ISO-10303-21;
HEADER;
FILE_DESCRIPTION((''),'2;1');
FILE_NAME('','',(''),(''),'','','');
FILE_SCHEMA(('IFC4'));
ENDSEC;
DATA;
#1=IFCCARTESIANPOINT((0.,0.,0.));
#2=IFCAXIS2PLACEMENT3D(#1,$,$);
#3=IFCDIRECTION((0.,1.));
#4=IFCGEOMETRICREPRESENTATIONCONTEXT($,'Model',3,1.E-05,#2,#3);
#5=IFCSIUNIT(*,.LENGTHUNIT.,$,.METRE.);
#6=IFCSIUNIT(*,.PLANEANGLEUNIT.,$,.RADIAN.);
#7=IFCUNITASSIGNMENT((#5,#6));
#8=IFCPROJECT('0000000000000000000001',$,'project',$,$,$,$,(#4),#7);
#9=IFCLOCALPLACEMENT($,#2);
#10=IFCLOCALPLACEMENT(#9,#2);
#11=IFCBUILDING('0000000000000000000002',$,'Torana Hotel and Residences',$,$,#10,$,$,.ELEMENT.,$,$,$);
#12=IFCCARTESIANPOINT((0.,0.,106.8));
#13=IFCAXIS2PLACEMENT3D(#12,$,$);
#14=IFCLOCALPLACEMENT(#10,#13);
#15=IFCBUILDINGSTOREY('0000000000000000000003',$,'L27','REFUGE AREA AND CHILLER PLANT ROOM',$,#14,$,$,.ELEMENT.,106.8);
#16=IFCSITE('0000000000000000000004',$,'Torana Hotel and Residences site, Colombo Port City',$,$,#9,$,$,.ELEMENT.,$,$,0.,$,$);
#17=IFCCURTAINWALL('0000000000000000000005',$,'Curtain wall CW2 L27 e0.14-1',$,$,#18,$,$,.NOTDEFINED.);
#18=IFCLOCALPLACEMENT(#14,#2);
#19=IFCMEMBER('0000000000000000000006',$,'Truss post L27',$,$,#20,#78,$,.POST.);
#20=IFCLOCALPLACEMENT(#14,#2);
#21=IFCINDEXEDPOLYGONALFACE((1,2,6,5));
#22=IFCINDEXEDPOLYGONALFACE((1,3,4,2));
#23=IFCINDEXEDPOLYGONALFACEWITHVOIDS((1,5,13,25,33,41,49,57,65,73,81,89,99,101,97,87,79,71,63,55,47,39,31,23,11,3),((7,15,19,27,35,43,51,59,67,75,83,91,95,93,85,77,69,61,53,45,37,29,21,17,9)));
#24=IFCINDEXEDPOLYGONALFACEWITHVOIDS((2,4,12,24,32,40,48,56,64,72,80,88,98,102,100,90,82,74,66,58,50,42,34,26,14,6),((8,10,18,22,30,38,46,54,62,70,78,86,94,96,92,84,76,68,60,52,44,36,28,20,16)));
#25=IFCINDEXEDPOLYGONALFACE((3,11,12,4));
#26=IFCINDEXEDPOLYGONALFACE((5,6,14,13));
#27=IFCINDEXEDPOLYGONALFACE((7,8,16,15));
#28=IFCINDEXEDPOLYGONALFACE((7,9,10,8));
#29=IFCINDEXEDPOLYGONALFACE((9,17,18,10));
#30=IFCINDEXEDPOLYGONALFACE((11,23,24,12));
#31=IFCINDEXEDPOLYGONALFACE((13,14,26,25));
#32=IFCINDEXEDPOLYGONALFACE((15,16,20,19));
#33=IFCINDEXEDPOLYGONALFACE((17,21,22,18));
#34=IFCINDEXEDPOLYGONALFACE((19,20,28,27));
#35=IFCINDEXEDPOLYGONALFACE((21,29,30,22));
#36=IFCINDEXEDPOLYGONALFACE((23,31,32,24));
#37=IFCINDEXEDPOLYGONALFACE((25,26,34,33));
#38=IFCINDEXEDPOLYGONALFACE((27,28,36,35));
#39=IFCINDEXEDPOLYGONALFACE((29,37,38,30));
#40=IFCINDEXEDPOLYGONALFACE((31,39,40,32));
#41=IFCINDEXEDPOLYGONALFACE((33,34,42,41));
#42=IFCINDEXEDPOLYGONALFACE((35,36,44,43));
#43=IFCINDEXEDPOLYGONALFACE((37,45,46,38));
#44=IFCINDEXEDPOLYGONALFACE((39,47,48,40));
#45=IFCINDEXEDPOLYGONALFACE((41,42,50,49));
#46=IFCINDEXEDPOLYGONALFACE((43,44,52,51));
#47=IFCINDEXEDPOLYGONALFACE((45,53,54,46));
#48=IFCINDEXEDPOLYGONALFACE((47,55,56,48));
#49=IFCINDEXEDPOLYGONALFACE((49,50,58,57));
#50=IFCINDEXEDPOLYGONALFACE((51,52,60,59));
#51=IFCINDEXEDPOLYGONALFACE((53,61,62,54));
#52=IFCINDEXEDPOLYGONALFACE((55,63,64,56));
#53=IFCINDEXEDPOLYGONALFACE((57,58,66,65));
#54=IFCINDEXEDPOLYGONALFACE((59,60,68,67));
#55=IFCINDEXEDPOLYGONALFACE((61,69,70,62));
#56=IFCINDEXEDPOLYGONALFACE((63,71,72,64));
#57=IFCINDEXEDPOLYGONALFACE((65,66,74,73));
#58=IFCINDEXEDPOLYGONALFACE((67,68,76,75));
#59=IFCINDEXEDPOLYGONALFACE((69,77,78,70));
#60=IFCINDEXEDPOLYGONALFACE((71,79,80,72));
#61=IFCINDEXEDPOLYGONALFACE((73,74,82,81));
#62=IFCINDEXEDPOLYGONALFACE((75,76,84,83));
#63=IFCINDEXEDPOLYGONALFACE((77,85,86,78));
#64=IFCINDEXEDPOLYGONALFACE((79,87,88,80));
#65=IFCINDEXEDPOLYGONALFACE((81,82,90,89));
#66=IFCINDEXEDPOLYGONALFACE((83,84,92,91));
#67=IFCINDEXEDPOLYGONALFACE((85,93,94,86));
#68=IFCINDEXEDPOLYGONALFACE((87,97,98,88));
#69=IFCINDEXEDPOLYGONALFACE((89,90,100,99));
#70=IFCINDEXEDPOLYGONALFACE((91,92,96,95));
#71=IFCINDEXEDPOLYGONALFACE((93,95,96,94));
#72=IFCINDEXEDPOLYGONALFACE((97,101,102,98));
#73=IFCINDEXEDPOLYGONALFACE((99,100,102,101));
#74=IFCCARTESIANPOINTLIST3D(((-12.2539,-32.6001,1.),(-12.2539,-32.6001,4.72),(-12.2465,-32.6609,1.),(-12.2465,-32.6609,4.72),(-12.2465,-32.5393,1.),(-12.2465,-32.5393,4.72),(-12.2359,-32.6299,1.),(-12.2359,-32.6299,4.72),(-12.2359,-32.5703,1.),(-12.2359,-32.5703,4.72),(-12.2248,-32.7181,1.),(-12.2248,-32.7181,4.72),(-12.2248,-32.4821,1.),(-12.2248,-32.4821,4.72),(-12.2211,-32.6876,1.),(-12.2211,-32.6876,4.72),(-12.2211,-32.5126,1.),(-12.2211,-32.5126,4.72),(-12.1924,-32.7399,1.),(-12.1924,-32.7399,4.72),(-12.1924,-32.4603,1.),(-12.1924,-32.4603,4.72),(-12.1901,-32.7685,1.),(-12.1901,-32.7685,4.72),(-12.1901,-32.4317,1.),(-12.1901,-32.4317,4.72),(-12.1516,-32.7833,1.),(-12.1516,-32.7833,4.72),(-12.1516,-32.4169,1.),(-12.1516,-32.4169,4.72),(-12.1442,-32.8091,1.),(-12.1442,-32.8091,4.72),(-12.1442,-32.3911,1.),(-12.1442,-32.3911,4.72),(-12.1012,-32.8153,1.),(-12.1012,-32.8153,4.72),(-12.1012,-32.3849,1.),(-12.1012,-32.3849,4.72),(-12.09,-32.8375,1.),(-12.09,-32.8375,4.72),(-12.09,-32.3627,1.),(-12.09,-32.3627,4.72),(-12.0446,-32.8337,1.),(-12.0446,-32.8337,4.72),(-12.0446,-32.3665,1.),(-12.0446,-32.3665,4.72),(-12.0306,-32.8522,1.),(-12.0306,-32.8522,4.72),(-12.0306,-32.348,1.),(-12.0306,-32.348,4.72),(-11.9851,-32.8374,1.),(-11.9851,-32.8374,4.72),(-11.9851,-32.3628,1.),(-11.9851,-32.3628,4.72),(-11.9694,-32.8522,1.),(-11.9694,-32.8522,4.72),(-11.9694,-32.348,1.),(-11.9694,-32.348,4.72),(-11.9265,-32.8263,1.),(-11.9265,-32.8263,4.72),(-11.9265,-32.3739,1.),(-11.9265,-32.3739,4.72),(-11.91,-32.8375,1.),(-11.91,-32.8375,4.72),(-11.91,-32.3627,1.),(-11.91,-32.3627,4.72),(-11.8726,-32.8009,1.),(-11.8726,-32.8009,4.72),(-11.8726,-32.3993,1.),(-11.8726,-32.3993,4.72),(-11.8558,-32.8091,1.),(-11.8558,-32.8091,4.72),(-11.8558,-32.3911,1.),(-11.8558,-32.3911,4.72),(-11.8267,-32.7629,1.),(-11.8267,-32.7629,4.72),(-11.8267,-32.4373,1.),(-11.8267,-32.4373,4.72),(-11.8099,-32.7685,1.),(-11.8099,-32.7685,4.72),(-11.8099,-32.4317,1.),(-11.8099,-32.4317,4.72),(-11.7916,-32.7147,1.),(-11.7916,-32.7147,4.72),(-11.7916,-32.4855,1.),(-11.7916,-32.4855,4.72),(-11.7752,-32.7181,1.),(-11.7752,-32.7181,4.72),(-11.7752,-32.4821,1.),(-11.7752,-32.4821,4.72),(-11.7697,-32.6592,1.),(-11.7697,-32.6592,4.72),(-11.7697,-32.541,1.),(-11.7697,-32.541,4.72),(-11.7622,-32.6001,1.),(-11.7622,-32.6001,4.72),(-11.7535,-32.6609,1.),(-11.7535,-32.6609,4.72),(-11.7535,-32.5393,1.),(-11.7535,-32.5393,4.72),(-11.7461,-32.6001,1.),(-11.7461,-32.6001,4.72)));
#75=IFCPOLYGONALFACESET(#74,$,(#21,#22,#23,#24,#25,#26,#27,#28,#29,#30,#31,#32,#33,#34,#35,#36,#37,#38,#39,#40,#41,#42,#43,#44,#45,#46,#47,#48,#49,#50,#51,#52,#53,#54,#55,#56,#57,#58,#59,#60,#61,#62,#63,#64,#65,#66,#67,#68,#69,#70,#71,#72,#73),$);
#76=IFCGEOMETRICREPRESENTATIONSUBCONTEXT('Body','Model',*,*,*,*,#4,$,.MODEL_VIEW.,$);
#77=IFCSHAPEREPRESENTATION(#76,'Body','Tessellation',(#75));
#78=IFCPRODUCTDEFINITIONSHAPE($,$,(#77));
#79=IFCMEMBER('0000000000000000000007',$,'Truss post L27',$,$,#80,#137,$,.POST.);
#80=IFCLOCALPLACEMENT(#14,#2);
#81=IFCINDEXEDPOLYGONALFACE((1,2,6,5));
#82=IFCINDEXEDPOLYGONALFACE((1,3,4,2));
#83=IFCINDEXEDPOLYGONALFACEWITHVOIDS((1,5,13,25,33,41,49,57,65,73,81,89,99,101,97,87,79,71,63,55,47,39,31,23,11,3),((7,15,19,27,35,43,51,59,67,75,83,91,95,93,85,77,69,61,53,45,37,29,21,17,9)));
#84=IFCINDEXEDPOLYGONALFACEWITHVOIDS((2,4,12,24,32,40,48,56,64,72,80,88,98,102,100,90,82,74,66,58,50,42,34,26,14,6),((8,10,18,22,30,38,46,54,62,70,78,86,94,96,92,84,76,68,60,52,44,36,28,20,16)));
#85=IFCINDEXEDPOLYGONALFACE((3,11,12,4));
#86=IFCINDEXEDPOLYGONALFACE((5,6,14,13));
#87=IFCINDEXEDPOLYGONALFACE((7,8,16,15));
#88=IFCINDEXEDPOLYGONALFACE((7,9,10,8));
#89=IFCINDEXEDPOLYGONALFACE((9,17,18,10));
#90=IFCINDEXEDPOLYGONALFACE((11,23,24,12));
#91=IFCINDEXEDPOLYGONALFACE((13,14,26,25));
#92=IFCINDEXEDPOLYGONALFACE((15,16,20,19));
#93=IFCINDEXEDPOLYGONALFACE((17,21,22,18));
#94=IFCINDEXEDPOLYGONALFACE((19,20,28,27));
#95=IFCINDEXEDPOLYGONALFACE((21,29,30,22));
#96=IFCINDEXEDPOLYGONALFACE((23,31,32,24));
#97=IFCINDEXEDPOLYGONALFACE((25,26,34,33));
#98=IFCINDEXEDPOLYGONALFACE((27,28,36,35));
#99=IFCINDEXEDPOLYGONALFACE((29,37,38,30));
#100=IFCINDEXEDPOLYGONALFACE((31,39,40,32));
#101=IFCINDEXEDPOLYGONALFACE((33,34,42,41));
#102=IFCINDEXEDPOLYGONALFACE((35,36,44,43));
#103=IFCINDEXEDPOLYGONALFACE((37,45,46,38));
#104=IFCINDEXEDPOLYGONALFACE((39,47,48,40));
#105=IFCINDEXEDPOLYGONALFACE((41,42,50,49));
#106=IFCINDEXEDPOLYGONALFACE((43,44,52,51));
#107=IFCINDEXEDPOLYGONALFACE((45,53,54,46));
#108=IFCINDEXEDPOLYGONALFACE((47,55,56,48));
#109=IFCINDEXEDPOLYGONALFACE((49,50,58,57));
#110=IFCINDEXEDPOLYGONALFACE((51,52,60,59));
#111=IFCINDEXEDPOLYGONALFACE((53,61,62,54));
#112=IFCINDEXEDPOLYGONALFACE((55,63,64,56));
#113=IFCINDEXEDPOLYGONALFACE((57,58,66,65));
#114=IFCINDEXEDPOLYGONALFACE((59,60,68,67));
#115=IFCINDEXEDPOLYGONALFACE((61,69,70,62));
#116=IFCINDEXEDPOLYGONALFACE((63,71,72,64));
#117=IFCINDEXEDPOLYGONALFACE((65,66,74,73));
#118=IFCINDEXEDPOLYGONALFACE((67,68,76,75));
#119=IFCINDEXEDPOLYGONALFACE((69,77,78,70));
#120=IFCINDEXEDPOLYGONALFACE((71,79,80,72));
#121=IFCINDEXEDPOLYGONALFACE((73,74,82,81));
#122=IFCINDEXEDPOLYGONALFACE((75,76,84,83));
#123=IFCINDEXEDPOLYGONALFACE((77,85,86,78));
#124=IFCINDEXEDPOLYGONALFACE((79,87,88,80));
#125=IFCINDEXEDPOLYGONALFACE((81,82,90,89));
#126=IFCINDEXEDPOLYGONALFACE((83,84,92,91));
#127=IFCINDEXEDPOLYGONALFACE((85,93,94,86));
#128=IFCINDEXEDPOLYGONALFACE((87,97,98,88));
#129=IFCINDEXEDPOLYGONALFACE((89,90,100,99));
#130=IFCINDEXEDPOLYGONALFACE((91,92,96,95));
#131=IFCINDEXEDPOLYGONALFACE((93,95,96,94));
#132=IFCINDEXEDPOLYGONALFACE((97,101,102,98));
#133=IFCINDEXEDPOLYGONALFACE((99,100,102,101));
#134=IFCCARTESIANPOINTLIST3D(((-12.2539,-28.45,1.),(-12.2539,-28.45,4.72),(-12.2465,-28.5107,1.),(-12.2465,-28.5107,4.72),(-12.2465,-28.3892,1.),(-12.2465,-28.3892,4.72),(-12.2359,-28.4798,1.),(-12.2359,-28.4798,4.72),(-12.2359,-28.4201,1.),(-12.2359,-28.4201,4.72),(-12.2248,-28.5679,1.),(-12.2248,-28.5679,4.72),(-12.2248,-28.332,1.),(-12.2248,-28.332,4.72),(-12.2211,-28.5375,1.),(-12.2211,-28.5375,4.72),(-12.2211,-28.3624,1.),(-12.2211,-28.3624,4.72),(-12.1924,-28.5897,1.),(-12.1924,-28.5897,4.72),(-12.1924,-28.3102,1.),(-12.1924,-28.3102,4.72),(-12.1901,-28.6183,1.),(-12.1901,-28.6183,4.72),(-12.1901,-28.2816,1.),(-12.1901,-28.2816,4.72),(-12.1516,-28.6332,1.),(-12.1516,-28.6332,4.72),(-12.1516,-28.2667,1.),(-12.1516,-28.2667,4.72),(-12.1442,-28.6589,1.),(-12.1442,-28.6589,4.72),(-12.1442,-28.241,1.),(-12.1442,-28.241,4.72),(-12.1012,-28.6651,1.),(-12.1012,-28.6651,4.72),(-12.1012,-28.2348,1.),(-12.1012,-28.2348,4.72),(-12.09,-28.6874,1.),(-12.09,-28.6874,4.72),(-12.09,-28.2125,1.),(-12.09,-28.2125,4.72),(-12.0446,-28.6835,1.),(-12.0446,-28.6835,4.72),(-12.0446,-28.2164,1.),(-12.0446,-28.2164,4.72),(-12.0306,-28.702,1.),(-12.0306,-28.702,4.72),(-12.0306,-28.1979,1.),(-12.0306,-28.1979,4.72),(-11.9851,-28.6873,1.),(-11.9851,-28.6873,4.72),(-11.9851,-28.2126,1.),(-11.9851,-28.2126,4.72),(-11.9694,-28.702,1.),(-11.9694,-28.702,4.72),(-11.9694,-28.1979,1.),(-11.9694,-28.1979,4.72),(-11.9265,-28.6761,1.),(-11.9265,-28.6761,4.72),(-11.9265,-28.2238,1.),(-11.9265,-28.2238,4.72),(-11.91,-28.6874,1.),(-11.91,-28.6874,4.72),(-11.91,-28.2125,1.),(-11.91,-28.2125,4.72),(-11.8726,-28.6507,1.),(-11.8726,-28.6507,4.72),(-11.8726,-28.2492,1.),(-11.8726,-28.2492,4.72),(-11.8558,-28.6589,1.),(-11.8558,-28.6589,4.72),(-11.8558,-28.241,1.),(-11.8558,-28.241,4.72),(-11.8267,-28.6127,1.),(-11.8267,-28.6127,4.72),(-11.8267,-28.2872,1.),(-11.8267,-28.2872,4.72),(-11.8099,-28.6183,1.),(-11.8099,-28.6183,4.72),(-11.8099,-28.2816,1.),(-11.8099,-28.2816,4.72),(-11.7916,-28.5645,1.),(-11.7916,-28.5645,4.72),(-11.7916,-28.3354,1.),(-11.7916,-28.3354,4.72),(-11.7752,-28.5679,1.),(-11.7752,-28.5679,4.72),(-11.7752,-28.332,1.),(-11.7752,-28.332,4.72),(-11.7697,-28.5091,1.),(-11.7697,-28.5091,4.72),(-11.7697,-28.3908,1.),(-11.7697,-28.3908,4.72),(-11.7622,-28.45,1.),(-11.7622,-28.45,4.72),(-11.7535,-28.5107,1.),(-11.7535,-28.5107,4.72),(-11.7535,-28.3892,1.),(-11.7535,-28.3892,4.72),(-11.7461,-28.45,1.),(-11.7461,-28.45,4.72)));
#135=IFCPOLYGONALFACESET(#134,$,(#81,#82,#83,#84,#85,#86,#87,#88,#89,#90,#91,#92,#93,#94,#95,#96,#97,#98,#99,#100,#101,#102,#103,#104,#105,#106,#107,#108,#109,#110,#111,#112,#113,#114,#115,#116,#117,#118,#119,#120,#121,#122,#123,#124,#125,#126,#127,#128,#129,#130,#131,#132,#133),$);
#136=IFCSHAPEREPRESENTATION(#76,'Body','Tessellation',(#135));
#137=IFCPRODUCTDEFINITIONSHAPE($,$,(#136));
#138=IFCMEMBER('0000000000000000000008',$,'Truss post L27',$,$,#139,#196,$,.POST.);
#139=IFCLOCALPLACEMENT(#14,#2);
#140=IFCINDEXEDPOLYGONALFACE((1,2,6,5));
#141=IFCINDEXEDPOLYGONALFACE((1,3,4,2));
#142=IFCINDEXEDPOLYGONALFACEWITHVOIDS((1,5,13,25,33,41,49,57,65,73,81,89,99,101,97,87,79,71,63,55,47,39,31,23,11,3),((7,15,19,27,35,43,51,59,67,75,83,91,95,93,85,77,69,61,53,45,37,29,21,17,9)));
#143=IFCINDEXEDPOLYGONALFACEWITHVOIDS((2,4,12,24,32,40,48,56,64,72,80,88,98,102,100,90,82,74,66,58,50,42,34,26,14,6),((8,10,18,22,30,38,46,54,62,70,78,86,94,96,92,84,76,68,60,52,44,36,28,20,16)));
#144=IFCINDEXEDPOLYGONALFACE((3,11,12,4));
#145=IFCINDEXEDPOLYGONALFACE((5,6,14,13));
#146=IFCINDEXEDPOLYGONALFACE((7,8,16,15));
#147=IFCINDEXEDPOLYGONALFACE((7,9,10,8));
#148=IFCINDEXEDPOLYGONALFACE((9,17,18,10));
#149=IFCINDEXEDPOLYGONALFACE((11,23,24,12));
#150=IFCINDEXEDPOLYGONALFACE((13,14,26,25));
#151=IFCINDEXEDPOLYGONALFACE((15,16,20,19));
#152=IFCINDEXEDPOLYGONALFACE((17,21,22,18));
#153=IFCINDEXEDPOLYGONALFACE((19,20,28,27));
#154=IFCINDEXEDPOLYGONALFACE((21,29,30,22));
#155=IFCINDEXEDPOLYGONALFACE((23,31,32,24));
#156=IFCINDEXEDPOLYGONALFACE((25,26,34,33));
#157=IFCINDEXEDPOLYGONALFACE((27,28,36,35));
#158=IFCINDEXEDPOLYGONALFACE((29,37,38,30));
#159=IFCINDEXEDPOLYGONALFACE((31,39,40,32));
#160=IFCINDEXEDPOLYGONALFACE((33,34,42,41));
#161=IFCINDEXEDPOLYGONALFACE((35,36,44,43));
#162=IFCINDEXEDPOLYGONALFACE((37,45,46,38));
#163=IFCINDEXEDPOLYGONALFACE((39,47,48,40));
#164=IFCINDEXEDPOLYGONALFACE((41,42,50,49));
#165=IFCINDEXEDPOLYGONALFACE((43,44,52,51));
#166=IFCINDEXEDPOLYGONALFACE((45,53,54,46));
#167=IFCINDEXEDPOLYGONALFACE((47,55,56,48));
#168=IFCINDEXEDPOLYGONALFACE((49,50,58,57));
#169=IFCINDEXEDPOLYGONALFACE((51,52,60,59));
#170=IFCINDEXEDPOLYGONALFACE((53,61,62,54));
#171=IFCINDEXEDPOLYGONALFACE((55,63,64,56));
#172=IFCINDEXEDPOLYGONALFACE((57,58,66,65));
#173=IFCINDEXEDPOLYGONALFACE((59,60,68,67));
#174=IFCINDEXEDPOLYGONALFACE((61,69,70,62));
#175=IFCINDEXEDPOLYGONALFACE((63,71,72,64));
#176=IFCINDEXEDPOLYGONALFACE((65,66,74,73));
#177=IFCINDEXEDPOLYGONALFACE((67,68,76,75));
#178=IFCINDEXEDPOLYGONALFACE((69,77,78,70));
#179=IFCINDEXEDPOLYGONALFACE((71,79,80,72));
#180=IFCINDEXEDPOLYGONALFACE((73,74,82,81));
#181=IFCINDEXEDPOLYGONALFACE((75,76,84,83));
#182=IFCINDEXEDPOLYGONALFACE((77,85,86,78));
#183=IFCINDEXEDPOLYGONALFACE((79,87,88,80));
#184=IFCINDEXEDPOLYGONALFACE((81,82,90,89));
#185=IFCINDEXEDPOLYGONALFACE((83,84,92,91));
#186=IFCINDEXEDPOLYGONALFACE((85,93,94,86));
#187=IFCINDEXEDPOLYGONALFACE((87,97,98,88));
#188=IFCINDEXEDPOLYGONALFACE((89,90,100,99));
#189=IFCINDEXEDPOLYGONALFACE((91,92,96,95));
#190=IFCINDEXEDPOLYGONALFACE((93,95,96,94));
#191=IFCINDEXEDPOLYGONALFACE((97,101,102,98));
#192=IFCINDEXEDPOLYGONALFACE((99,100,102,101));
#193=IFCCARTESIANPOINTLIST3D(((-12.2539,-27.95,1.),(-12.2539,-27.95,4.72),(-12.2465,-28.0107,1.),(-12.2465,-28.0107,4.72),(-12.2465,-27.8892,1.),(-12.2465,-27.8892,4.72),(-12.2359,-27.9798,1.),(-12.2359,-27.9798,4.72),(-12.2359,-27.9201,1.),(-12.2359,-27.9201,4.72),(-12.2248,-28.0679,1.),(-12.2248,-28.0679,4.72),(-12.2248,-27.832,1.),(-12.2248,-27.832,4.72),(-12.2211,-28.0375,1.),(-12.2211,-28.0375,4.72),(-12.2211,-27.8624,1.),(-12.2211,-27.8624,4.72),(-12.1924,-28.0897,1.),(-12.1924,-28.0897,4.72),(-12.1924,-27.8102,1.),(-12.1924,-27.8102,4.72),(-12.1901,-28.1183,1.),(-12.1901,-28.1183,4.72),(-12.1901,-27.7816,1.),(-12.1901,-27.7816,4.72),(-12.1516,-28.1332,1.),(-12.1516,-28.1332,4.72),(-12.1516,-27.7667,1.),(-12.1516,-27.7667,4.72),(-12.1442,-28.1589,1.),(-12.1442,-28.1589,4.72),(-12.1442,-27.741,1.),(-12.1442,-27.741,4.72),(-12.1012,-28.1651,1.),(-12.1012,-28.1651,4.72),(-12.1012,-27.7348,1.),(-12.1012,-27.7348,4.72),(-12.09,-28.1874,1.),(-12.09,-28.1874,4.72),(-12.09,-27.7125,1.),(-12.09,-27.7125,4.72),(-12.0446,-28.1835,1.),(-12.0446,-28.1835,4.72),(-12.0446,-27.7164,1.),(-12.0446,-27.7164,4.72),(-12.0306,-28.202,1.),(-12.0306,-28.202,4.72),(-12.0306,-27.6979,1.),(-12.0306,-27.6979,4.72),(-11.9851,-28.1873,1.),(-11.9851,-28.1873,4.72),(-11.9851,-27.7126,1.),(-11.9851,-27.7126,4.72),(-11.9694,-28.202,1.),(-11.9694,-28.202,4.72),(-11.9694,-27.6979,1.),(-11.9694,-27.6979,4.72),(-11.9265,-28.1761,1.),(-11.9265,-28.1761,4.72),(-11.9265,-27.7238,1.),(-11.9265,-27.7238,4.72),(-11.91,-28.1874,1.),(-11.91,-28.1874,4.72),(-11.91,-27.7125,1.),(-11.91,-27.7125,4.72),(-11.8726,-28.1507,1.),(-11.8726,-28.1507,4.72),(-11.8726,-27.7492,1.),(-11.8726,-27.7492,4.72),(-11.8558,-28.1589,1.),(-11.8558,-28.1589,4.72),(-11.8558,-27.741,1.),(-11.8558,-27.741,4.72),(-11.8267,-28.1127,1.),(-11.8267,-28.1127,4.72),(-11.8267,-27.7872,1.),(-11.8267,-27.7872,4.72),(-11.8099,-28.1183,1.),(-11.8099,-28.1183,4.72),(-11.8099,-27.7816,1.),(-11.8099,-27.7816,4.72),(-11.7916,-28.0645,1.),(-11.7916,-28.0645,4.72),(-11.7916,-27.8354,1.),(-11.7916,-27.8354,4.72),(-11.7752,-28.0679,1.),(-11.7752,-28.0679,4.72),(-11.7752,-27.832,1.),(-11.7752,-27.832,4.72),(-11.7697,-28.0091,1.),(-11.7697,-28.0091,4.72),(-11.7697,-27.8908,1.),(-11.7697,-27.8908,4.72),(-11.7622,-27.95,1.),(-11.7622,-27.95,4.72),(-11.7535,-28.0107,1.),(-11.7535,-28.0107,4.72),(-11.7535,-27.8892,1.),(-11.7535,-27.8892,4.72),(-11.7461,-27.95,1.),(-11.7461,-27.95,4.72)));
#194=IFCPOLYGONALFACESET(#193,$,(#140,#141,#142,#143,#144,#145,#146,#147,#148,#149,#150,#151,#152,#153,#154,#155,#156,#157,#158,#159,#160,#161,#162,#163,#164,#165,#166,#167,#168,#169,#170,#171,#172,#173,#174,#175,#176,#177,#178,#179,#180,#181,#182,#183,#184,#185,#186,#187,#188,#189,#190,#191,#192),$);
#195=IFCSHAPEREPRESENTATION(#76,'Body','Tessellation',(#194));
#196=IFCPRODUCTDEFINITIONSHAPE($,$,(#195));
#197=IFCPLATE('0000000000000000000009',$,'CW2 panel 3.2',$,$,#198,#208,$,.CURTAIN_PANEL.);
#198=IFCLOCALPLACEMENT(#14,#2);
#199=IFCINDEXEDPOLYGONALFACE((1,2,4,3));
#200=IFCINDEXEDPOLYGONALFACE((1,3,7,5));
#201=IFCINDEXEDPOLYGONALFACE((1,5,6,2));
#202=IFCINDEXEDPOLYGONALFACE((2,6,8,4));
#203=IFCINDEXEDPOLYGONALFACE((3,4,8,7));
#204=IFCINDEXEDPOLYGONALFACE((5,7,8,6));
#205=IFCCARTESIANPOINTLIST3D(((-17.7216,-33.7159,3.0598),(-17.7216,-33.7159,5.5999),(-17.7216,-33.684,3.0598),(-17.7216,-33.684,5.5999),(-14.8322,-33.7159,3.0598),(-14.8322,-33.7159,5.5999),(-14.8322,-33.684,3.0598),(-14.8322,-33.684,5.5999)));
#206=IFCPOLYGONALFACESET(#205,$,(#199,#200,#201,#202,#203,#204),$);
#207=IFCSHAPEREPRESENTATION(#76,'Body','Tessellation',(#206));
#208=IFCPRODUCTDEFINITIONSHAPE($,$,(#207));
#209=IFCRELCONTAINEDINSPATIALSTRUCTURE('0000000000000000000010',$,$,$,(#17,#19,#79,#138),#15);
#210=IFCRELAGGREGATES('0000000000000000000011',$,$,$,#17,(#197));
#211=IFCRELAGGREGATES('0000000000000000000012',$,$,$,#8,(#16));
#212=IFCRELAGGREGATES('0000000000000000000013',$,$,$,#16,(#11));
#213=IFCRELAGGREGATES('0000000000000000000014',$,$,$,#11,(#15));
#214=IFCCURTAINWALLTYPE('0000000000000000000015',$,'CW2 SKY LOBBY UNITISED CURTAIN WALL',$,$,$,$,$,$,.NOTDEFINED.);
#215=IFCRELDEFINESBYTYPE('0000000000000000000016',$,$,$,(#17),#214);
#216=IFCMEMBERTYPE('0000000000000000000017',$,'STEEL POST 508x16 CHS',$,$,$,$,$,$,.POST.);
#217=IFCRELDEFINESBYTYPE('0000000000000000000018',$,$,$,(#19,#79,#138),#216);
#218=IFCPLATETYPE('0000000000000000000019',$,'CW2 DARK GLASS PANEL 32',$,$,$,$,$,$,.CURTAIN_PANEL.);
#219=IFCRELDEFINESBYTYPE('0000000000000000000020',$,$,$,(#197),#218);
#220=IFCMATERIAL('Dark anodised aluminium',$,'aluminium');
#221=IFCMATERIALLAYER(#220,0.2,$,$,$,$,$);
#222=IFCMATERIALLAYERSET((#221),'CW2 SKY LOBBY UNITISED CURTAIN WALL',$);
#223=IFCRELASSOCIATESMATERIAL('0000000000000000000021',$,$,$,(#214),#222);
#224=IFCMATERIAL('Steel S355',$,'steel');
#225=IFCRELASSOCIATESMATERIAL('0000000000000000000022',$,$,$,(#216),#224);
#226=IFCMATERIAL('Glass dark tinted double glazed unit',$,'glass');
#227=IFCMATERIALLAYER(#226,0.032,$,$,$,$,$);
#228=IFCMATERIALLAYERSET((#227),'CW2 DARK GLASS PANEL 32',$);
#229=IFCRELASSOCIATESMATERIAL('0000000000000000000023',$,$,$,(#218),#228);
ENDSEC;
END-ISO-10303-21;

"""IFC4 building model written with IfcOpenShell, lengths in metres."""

from ifc_helpers import new_model, si_unit, direction, frame, origin, origin_2d, place, context, subcontext, project, spatial, rectangle, hollow_circle, extrude, material, layer, layer_set, material_profile, profile_set, type_object, element, aggregate, save


model = new_model("IFC4")

# Units and contexts
model_context = context("Model", 3, precision=1e-05, world=origin(), true_north=direction((0.0, 1.0)))
body_context = subcontext(model_context, "Body", "Model", "MODEL_VIEW")
ifc_project = project(units=[si_unit("LENGTHUNIT", "METRE"), si_unit("PLANEANGLEUNIT", "RADIAN")], contexts=[model_context])

# Site, building, storey
site_placement = place(None, origin())
site = spatial("IfcSite", under=ifc_project, at=site_placement, Name="Torana Hotel and Residences site, Colombo Port City", CompositionType="ELEMENT", RefElevation=0.0)
building_placement = place(site_placement, origin())
building = spatial("IfcBuilding", under=site, at=building_placement, Name="Torana Hotel and Residences", CompositionType="ELEMENT")
storey_placement = place(building_placement, frame((0.0, 0.0, 106.8)))
storey = spatial("IfcBuildingStorey", under=building, at=storey_placement, Name="L27", Description="REFUGE AREA AND CHILLER PLANT ROOM", CompositionType="ELEMENT", Elevation=106.8)

# Curtain wall
ifc_material_1 = material(Name="Dark anodised aluminium", Category="aluminium")
ifc_layer_1 = layer(ifc_material_1, 0.2)
ifc_layer_set_1 = layer_set([ifc_layer_1], Name="CW2 SKY LOBBY UNITISED CURTAIN WALL")
curtain_wall_type = type_object("IfcCurtainWallType", Name="CW2 SKY LOBBY UNITISED CURTAIN WALL", PredefinedType="NOTDEFINED", material=ifc_layer_set_1)
curtain_wall_placement = place(storey_placement, origin())
curtain_wall = element("IfcCurtainWall", 1, at=curtain_wall_placement, inside=storey, type_object=curtain_wall_type, Name="Curtain wall CW2 L27 e0.14-1", PredefinedType="NOTDEFINED")

# Members
ifc_material_2 = material(Name="Steel S355", Category="steel")
ifc_material_profile_1 = material_profile(ifc_material_2, hollow_circle(Radius=0.2539, WallThickness=0.0161, at=origin_2d()), Name="508x16 CHS")
ifc_profile_set_1 = profile_set([ifc_material_profile_1], Name="Steel S355")
member_type_1 = type_object("IfcMemberType", Name="STEEL POST 508x16 CHS", PredefinedType="POST", material=ifc_profile_set_1)
for number, where, z_axis, x_axis, name in (
    (2, (-12.0, -32.6001, 1.0), (0.0, 0.0, 1.0), (1.0, 0.0, 0.0), "Truss post L27"),
    (3, (-12.0, -28.45, 1.0), (0.0, 0.0, 1.0), (1.0, 0.0, 0.0), "Truss post L27"),
    (4, (-12.0, -27.95, 1.0), (0.0, 0.0, 1.0), (1.0, 0.0, 0.0), "Truss post L27"),
):
    element("IfcMember", number, at=place(storey_placement, frame(where, z_axis=z_axis, x_axis=x_axis)), inside=storey, type_object=member_type_1, Name=name, PredefinedType="POST", context=body_context, shape_type="SweptSolid", body=[
        extrude(hollow_circle(Radius=0.2539, WallThickness=0.0161, at=origin_2d()), origin(), (0.0, 0.0, 1.0), 3.72),
    ])

# Plate
ifc_material_3 = material(Name="Glass dark tinted double glazed unit", Category="glass")
ifc_layer_2 = layer(ifc_material_3, 0.032)
ifc_layer_set_2 = layer_set([ifc_layer_2], Name="CW2 DARK GLASS PANEL 32")
plate_type = type_object("IfcPlateType", Name="CW2 DARK GLASS PANEL 32", PredefinedType="CURTAIN_PANEL", material=ifc_layer_set_2)
plate_1_placement = place(storey_placement, frame((-16.2769, -33.7, 3.0598), z_axis=(0.0, 0.0, 1.0), x_axis=(1.0, 0.0, 0.0)))
plate_1 = element("IfcPlate", 5, at=plate_1_placement, type_object=plate_type, Name="CW2 panel 3.2", PredefinedType="CURTAIN_PANEL", context=body_context, shape_type="SweptSolid", body=[
    extrude(rectangle(XDim=2.8894, YDim=0.032, at=origin_2d()), origin(), (0.0, 0.0, 1.0), 2.54),
])
aggregate(curtain_wall, [plate_1])

save(model, "model.ifc")
